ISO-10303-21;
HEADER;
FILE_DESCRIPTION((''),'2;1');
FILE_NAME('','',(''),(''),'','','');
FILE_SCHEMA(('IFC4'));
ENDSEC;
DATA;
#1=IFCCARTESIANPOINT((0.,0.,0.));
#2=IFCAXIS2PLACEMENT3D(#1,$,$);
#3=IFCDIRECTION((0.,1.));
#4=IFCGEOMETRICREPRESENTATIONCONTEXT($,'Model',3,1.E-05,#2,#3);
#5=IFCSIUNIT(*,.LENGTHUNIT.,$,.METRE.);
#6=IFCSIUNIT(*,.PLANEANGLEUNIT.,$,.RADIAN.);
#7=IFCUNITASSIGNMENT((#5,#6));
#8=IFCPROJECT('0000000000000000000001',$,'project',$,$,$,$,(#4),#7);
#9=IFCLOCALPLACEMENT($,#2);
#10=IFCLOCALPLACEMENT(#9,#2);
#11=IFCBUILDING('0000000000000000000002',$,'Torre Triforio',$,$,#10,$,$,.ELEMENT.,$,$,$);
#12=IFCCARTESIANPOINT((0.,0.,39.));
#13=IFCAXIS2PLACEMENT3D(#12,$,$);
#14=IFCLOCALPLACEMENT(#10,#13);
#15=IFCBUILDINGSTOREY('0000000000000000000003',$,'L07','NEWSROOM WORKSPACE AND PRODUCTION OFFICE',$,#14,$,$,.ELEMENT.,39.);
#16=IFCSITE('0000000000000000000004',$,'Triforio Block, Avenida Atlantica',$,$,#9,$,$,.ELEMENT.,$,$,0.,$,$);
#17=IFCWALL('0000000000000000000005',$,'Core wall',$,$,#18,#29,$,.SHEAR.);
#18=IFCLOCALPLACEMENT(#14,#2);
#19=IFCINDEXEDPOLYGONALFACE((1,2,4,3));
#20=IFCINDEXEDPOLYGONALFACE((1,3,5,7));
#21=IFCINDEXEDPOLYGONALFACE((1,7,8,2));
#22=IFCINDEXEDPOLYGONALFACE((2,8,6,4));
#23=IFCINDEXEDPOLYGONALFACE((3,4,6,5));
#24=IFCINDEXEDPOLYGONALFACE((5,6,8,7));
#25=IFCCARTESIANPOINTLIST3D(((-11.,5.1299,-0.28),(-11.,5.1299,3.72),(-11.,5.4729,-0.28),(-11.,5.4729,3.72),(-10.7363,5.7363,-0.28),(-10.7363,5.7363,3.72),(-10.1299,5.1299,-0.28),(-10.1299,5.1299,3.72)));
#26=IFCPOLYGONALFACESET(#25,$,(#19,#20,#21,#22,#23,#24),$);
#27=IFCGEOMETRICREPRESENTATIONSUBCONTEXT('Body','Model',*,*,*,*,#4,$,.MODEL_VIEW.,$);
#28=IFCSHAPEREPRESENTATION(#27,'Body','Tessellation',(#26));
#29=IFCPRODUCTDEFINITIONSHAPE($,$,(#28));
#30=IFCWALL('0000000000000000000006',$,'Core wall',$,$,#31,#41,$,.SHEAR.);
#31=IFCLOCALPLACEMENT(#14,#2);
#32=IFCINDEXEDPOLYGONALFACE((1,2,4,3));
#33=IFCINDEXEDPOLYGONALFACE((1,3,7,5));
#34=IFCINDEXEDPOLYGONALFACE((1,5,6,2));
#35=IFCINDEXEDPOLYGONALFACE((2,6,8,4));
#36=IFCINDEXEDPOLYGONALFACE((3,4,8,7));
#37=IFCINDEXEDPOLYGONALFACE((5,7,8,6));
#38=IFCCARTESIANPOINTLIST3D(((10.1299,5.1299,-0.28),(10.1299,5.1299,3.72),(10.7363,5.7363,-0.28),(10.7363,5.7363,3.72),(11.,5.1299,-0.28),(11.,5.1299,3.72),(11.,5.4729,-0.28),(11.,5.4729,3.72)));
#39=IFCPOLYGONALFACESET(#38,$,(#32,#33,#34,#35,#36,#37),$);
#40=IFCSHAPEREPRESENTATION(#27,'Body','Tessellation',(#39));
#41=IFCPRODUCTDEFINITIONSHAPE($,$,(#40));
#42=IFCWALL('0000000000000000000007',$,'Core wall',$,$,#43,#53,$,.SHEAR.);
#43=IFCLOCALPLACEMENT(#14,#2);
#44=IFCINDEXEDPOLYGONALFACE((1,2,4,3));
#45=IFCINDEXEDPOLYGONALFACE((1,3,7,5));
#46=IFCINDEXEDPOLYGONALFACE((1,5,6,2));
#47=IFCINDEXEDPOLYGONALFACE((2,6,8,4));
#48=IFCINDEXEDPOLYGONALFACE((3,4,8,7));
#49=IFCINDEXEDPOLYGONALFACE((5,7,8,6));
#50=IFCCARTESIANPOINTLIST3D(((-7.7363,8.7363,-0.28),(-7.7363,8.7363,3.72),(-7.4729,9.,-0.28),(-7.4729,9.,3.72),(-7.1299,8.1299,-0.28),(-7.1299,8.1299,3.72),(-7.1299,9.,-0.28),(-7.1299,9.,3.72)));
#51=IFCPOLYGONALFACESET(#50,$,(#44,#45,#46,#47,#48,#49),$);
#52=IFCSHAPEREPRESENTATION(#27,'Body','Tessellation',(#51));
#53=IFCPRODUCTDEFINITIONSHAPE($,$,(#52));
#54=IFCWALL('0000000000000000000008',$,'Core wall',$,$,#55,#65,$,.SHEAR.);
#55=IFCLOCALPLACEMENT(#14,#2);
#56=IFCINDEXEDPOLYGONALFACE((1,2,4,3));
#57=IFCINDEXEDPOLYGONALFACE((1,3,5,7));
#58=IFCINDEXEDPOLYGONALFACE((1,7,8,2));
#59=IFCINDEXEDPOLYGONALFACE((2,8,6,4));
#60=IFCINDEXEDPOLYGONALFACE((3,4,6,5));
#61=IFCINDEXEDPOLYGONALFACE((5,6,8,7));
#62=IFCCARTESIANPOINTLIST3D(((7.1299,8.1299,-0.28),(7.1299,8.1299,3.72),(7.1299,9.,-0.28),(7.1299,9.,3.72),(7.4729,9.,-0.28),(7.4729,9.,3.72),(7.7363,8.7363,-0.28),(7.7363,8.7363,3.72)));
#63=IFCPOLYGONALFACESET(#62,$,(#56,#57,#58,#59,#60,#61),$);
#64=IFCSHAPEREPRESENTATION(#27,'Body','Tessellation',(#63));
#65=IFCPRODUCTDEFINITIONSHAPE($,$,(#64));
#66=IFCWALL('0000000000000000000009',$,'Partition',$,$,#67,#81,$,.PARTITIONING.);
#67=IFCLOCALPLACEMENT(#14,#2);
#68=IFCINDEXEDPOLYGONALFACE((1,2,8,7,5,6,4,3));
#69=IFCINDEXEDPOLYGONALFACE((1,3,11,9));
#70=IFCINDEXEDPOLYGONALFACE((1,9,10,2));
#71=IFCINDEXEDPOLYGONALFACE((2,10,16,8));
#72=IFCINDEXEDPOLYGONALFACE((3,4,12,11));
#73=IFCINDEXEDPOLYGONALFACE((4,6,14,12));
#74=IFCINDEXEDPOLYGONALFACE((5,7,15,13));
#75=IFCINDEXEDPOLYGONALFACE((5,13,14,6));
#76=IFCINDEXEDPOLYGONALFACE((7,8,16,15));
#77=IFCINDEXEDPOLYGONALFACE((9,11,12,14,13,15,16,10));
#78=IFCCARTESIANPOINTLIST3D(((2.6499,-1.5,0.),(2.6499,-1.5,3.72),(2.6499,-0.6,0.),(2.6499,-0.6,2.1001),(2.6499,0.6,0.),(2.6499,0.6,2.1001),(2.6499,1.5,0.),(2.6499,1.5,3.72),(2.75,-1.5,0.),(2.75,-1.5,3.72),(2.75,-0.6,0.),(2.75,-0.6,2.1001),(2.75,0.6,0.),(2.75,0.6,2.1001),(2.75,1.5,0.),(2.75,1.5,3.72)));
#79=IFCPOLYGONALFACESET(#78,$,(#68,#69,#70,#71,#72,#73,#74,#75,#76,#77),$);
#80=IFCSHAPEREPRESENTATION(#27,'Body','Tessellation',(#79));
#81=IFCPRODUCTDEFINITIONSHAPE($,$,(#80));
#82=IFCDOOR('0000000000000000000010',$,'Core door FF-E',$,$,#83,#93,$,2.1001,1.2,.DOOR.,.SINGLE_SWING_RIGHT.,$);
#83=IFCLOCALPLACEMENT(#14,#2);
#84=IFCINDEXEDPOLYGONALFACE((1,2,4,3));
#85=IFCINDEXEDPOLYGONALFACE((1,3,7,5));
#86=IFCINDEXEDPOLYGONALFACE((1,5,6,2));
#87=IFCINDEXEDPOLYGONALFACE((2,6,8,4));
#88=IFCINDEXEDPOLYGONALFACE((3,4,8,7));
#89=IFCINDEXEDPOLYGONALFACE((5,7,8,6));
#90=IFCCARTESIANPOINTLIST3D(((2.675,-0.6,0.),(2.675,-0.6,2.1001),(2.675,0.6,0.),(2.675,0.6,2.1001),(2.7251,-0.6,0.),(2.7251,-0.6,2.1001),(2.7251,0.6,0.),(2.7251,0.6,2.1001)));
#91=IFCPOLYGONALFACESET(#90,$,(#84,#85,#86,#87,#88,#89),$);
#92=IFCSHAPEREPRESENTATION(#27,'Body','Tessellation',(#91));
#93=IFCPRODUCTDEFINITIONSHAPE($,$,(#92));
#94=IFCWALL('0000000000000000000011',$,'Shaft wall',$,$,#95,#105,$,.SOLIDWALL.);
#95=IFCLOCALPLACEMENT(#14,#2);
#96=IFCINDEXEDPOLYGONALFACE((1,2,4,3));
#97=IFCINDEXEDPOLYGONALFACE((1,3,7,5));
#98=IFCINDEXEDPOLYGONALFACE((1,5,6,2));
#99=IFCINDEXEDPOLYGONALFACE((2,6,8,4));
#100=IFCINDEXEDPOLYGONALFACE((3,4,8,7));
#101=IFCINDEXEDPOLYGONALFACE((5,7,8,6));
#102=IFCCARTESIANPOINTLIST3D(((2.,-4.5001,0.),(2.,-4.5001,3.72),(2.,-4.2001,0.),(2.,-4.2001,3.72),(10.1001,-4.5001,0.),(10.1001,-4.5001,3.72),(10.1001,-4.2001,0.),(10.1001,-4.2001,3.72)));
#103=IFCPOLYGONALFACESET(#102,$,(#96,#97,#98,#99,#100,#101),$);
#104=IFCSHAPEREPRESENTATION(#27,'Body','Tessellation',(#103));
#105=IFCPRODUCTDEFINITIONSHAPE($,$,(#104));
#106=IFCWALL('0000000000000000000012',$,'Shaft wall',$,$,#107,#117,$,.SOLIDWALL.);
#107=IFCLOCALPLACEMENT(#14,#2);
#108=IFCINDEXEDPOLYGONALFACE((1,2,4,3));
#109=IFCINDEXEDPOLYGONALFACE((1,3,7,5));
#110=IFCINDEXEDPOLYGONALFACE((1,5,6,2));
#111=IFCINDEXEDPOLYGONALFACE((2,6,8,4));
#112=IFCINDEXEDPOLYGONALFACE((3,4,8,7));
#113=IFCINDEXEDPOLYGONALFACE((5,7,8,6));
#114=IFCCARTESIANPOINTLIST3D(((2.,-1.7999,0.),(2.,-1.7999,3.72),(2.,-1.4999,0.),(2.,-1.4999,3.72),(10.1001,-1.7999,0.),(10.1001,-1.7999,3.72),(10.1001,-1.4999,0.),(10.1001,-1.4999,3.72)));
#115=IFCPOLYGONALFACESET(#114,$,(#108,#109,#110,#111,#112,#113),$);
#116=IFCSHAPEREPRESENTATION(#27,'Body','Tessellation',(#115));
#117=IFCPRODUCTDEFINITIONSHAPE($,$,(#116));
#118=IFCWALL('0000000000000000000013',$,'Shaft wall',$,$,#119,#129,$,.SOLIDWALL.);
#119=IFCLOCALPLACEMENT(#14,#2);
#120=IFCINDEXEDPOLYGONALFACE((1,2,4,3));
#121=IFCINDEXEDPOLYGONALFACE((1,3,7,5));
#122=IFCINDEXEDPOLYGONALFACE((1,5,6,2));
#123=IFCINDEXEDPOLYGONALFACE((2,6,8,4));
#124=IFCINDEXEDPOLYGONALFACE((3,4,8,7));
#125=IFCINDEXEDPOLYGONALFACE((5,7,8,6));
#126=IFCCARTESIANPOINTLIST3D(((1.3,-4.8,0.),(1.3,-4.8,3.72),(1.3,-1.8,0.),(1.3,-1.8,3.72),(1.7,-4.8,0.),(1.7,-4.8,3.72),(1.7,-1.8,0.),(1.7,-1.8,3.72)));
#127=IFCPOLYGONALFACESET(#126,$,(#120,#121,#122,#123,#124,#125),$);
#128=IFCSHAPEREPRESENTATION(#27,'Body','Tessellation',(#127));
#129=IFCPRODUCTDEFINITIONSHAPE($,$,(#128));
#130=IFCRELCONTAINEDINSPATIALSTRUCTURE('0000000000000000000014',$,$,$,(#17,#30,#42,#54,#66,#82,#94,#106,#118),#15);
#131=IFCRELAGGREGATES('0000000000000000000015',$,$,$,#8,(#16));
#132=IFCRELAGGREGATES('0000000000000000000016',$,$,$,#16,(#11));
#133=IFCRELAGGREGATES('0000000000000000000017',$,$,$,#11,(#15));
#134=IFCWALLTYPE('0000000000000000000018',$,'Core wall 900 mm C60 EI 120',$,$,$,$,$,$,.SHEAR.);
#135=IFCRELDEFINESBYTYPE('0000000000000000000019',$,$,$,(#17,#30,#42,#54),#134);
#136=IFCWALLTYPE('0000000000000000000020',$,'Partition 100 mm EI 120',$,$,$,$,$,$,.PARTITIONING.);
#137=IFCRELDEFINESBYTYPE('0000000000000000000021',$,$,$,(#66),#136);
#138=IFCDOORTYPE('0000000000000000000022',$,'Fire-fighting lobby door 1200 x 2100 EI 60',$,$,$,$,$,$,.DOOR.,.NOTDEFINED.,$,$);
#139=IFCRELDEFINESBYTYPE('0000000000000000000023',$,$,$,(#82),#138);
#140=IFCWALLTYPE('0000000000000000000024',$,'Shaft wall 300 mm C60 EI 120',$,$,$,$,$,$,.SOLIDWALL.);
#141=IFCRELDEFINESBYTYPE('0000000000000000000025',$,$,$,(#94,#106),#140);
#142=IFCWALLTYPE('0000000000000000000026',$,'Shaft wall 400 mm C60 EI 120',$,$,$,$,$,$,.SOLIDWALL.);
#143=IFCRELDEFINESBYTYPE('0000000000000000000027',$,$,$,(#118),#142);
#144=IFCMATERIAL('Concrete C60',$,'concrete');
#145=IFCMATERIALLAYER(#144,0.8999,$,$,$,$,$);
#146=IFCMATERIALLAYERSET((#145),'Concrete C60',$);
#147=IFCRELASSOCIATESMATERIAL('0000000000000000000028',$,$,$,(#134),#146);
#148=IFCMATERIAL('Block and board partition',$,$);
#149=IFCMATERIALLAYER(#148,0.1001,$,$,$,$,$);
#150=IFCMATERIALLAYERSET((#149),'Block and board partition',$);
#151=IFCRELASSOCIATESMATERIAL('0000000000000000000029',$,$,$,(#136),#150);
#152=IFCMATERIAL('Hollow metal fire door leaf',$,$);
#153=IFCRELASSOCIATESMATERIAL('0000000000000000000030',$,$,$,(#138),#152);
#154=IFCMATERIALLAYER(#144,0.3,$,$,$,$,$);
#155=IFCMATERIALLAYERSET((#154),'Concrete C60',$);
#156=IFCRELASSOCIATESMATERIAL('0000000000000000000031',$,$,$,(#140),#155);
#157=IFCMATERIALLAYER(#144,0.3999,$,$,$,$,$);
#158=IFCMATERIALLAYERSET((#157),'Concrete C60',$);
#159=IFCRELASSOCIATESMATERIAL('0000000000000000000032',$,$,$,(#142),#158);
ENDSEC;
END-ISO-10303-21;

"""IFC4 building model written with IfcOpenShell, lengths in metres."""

from ifc_helpers import new_model, si_unit, direction, frame, frame_2d, origin, place, context, subcontext, project, spatial, polyline, rectangle, outline, extrude, material, layer, layer_set, type_object, element, fill, save


model = new_model("IFC4")

# Units and contexts
model_context = context("Model", 3, precision=1e-05, world=origin(), true_north=direction((0.0, 1.0)))
body_context = subcontext(model_context, "Body", "Model", "MODEL_VIEW")
ifc_project = project(units=[si_unit("LENGTHUNIT", "METRE"), si_unit("PLANEANGLEUNIT", "RADIAN")], contexts=[model_context])

# Site, building, storey
site_placement = place(None, origin())
site = spatial("IfcSite", under=ifc_project, at=site_placement, Name="Triforio Block, Avenida Atlantica", CompositionType="ELEMENT", RefElevation=0.0)
building_placement = place(site_placement, origin())
building = spatial("IfcBuilding", under=site, at=building_placement, Name="Torre Triforio", CompositionType="ELEMENT")
storey_placement = place(building_placement, frame((0.0, 0.0, 39.0)))
storey = spatial("IfcBuildingStorey", under=building, at=storey_placement, Name="L07", Description="NEWSROOM WORKSPACE AND PRODUCTION OFFICE", CompositionType="ELEMENT", Elevation=39.0)

# Shared definitions
ifc_material_1 = material(Name="Concrete C60", Category="concrete")

# Walls
ifc_layer_1 = layer(ifc_material_1, 0.8999)
ifc_layer_set_1 = layer_set([ifc_layer_1], Name="Concrete C60")
wall_type_1 = type_object("IfcWallType", Name="Core wall 900 mm C60 EI 120", PredefinedType="SHEAR", material=ifc_layer_set_1)
wall_1_placement = place(storey_placement, frame((0.0, 0.0, -0.28)))
element("IfcWall", 1, at=wall_1_placement, inside=storey, type_object=wall_type_1, Name="Core wall", PredefinedType="SHEAR", context=body_context, shape_type="SweptSolid", body=[
    extrude(outline(polyline([(-10.7363, 5.7363), (-10.1299, 5.1299), (-11.0, 5.1299), (-11.0, 5.4729), (-10.7363, 5.7363)])), origin(), (0.0, 0.0, 1.0), 4.0),
])
wall_2_placement = place(storey_placement, frame((0.0, 0.0, -0.28)))
element("IfcWall", 2, at=wall_2_placement, inside=storey, type_object=wall_type_1, Name="Core wall", PredefinedType="SHEAR", context=body_context, shape_type="SweptSolid", body=[
    extrude(outline(polyline([(11.0, 5.4729), (11.0, 5.1299), (10.1299, 5.1299), (10.7363, 5.7363), (11.0, 5.4729)])), origin(), (0.0, 0.0, 1.0), 4.0),
])
wall_3_placement = place(storey_placement, frame((0.0, 0.0, -0.28)))
element("IfcWall", 3, at=wall_3_placement, inside=storey, type_object=wall_type_1, Name="Core wall", PredefinedType="SHEAR", context=body_context, shape_type="SweptSolid", body=[
    extrude(outline(polyline([(-7.4729, 9.0), (-7.1299, 9.0), (-7.1299, 8.1299), (-7.7363, 8.7363), (-7.4729, 9.0)])), origin(), (0.0, 0.0, 1.0), 4.0),
])
wall_4_placement = place(storey_placement, frame((0.0, 0.0, -0.28)))
element("IfcWall", 4, at=wall_4_placement, inside=storey, type_object=wall_type_1, Name="Core wall", PredefinedType="SHEAR", context=body_context, shape_type="SweptSolid", body=[
    extrude(outline(polyline([(7.4729, 9.0), (7.7363, 8.7363), (7.1299, 8.1299), (7.1299, 9.0), (7.4729, 9.0)])), origin(), (0.0, 0.0, 1.0), 4.0),
])

# Wall, opening, door
ifc_material_2 = material(Name="Block and board partition")
ifc_layer_2 = layer(ifc_material_2, 0.1001)
ifc_layer_set_2 = layer_set([ifc_layer_2], Name="Block and board partition")
wall_type_2 = type_object("IfcWallType", Name="Partition 100 mm EI 120", PredefinedType="PARTITIONING", material=ifc_layer_set_2)
wall_5_placement = place(storey_placement, frame((2.7, -1.5, 0.0), z_axis=(0.0, 0.0, 1.0), x_axis=(0.0, 1.0, 0.0)))
wall_5 = element("IfcWall", 5, at=wall_5_placement, inside=storey, type_object=wall_type_2, Name="Partition", PredefinedType="PARTITIONING", context=body_context, shape_type="SweptSolid", body=[
    extrude(rectangle(XDim=3.0, YDim=0.1001, at=frame_2d((1.5, 0.0))), origin(), (0.0, 0.0, 1.0), 3.72),
])
opening_placement = place(wall_5_placement, frame((0.8999, 0.0, 0.0)))
opening = element("IfcOpeningElement", 6, at=opening_placement, cuts=wall_5, PredefinedType="OPENING", context=body_context, shape_type="SweptSolid", body=[
    extrude(rectangle(XDim=1.2, YDim=2.1001, at=frame_2d((0.6001, 1.05))), frame((0.0, 0.0601, 0.0), z_axis=(0.0, -1.0, 0.0), x_axis=(1.0, 0.0, 0.0)), (0.0, 0.0, 1.0), 0.1201),
])
ifc_material_3 = material(Name="Hollow metal fire door leaf")
door_type = type_object("IfcDoorType", Name="Fire-fighting lobby door 1200 x 2100 EI 60", OperationType="NOTDEFINED", PredefinedType="DOOR", material=ifc_material_3)
door_placement = place(opening_placement, origin())
door = element("IfcDoor", 7, at=door_placement, inside=storey, type_object=door_type, Name="Core door FF-E", OperationType="SINGLE_SWING_RIGHT", OverallHeight=2.1001, OverallWidth=1.2, PredefinedType="DOOR", context=body_context, shape_type="SweptSolid", body=[
    extrude(rectangle(XDim=1.2, YDim=2.1001, at=frame_2d((0.6001, 1.05))), frame((0.0, 0.0249, 0.0), z_axis=(0.0, -1.0, 0.0), x_axis=(1.0, 0.0, 0.0)), (0.0, 0.0, 1.0), 0.05),
])
fill(opening, door)

# Walls
ifc_layer_3 = layer(ifc_material_1, 0.3)
ifc_layer_set_3 = layer_set([ifc_layer_3], Name="Concrete C60")
wall_type_3 = type_object("IfcWallType", Name="Shaft wall 300 mm C60 EI 120", PredefinedType="SOLIDWALL", material=ifc_layer_set_3)
for number, where, z_axis, x_axis, name in (
    (8, (2.0, -4.3501, 0.0), (0.0, 0.0, 1.0), (1.0, 0.0, 0.0), "Shaft wall"),
    (9, (2.0, -1.6499, 0.0), (0.0, 0.0, 1.0), (1.0, 0.0, 0.0), "Shaft wall"),
):
    element("IfcWall", number, at=place(storey_placement, frame(where, z_axis=z_axis, x_axis=x_axis)), inside=storey, type_object=wall_type_3, Name=name, PredefinedType="SOLIDWALL", context=body_context, shape_type="SweptSolid", body=[
        extrude(rectangle(XDim=8.1001, YDim=0.3, at=frame_2d((4.05, 0.0))), origin(), (0.0, 0.0, 1.0), 3.72),
    ])
ifc_layer_4 = layer(ifc_material_1, 0.3999)
ifc_layer_set_4 = layer_set([ifc_layer_4], Name="Concrete C60")
wall_type_4 = type_object("IfcWallType", Name="Shaft wall 400 mm C60 EI 120", PredefinedType="SOLIDWALL", material=ifc_layer_set_4)
wall_6_placement = place(storey_placement, frame((1.5, -4.8, 0.0), z_axis=(0.0, 0.0, 1.0), x_axis=(0.0, 1.0, 0.0)))
element("IfcWall", 10, at=wall_6_placement, inside=storey, type_object=wall_type_4, Name="Shaft wall", PredefinedType="SOLIDWALL", context=body_context, shape_type="SweptSolid", body=[
    extrude(rectangle(XDim=3.0, YDim=0.3999, at=frame_2d((1.5, 0.0))), origin(), (0.0, 0.0, 1.0), 3.72),
])

save(model, "model.ifc")
